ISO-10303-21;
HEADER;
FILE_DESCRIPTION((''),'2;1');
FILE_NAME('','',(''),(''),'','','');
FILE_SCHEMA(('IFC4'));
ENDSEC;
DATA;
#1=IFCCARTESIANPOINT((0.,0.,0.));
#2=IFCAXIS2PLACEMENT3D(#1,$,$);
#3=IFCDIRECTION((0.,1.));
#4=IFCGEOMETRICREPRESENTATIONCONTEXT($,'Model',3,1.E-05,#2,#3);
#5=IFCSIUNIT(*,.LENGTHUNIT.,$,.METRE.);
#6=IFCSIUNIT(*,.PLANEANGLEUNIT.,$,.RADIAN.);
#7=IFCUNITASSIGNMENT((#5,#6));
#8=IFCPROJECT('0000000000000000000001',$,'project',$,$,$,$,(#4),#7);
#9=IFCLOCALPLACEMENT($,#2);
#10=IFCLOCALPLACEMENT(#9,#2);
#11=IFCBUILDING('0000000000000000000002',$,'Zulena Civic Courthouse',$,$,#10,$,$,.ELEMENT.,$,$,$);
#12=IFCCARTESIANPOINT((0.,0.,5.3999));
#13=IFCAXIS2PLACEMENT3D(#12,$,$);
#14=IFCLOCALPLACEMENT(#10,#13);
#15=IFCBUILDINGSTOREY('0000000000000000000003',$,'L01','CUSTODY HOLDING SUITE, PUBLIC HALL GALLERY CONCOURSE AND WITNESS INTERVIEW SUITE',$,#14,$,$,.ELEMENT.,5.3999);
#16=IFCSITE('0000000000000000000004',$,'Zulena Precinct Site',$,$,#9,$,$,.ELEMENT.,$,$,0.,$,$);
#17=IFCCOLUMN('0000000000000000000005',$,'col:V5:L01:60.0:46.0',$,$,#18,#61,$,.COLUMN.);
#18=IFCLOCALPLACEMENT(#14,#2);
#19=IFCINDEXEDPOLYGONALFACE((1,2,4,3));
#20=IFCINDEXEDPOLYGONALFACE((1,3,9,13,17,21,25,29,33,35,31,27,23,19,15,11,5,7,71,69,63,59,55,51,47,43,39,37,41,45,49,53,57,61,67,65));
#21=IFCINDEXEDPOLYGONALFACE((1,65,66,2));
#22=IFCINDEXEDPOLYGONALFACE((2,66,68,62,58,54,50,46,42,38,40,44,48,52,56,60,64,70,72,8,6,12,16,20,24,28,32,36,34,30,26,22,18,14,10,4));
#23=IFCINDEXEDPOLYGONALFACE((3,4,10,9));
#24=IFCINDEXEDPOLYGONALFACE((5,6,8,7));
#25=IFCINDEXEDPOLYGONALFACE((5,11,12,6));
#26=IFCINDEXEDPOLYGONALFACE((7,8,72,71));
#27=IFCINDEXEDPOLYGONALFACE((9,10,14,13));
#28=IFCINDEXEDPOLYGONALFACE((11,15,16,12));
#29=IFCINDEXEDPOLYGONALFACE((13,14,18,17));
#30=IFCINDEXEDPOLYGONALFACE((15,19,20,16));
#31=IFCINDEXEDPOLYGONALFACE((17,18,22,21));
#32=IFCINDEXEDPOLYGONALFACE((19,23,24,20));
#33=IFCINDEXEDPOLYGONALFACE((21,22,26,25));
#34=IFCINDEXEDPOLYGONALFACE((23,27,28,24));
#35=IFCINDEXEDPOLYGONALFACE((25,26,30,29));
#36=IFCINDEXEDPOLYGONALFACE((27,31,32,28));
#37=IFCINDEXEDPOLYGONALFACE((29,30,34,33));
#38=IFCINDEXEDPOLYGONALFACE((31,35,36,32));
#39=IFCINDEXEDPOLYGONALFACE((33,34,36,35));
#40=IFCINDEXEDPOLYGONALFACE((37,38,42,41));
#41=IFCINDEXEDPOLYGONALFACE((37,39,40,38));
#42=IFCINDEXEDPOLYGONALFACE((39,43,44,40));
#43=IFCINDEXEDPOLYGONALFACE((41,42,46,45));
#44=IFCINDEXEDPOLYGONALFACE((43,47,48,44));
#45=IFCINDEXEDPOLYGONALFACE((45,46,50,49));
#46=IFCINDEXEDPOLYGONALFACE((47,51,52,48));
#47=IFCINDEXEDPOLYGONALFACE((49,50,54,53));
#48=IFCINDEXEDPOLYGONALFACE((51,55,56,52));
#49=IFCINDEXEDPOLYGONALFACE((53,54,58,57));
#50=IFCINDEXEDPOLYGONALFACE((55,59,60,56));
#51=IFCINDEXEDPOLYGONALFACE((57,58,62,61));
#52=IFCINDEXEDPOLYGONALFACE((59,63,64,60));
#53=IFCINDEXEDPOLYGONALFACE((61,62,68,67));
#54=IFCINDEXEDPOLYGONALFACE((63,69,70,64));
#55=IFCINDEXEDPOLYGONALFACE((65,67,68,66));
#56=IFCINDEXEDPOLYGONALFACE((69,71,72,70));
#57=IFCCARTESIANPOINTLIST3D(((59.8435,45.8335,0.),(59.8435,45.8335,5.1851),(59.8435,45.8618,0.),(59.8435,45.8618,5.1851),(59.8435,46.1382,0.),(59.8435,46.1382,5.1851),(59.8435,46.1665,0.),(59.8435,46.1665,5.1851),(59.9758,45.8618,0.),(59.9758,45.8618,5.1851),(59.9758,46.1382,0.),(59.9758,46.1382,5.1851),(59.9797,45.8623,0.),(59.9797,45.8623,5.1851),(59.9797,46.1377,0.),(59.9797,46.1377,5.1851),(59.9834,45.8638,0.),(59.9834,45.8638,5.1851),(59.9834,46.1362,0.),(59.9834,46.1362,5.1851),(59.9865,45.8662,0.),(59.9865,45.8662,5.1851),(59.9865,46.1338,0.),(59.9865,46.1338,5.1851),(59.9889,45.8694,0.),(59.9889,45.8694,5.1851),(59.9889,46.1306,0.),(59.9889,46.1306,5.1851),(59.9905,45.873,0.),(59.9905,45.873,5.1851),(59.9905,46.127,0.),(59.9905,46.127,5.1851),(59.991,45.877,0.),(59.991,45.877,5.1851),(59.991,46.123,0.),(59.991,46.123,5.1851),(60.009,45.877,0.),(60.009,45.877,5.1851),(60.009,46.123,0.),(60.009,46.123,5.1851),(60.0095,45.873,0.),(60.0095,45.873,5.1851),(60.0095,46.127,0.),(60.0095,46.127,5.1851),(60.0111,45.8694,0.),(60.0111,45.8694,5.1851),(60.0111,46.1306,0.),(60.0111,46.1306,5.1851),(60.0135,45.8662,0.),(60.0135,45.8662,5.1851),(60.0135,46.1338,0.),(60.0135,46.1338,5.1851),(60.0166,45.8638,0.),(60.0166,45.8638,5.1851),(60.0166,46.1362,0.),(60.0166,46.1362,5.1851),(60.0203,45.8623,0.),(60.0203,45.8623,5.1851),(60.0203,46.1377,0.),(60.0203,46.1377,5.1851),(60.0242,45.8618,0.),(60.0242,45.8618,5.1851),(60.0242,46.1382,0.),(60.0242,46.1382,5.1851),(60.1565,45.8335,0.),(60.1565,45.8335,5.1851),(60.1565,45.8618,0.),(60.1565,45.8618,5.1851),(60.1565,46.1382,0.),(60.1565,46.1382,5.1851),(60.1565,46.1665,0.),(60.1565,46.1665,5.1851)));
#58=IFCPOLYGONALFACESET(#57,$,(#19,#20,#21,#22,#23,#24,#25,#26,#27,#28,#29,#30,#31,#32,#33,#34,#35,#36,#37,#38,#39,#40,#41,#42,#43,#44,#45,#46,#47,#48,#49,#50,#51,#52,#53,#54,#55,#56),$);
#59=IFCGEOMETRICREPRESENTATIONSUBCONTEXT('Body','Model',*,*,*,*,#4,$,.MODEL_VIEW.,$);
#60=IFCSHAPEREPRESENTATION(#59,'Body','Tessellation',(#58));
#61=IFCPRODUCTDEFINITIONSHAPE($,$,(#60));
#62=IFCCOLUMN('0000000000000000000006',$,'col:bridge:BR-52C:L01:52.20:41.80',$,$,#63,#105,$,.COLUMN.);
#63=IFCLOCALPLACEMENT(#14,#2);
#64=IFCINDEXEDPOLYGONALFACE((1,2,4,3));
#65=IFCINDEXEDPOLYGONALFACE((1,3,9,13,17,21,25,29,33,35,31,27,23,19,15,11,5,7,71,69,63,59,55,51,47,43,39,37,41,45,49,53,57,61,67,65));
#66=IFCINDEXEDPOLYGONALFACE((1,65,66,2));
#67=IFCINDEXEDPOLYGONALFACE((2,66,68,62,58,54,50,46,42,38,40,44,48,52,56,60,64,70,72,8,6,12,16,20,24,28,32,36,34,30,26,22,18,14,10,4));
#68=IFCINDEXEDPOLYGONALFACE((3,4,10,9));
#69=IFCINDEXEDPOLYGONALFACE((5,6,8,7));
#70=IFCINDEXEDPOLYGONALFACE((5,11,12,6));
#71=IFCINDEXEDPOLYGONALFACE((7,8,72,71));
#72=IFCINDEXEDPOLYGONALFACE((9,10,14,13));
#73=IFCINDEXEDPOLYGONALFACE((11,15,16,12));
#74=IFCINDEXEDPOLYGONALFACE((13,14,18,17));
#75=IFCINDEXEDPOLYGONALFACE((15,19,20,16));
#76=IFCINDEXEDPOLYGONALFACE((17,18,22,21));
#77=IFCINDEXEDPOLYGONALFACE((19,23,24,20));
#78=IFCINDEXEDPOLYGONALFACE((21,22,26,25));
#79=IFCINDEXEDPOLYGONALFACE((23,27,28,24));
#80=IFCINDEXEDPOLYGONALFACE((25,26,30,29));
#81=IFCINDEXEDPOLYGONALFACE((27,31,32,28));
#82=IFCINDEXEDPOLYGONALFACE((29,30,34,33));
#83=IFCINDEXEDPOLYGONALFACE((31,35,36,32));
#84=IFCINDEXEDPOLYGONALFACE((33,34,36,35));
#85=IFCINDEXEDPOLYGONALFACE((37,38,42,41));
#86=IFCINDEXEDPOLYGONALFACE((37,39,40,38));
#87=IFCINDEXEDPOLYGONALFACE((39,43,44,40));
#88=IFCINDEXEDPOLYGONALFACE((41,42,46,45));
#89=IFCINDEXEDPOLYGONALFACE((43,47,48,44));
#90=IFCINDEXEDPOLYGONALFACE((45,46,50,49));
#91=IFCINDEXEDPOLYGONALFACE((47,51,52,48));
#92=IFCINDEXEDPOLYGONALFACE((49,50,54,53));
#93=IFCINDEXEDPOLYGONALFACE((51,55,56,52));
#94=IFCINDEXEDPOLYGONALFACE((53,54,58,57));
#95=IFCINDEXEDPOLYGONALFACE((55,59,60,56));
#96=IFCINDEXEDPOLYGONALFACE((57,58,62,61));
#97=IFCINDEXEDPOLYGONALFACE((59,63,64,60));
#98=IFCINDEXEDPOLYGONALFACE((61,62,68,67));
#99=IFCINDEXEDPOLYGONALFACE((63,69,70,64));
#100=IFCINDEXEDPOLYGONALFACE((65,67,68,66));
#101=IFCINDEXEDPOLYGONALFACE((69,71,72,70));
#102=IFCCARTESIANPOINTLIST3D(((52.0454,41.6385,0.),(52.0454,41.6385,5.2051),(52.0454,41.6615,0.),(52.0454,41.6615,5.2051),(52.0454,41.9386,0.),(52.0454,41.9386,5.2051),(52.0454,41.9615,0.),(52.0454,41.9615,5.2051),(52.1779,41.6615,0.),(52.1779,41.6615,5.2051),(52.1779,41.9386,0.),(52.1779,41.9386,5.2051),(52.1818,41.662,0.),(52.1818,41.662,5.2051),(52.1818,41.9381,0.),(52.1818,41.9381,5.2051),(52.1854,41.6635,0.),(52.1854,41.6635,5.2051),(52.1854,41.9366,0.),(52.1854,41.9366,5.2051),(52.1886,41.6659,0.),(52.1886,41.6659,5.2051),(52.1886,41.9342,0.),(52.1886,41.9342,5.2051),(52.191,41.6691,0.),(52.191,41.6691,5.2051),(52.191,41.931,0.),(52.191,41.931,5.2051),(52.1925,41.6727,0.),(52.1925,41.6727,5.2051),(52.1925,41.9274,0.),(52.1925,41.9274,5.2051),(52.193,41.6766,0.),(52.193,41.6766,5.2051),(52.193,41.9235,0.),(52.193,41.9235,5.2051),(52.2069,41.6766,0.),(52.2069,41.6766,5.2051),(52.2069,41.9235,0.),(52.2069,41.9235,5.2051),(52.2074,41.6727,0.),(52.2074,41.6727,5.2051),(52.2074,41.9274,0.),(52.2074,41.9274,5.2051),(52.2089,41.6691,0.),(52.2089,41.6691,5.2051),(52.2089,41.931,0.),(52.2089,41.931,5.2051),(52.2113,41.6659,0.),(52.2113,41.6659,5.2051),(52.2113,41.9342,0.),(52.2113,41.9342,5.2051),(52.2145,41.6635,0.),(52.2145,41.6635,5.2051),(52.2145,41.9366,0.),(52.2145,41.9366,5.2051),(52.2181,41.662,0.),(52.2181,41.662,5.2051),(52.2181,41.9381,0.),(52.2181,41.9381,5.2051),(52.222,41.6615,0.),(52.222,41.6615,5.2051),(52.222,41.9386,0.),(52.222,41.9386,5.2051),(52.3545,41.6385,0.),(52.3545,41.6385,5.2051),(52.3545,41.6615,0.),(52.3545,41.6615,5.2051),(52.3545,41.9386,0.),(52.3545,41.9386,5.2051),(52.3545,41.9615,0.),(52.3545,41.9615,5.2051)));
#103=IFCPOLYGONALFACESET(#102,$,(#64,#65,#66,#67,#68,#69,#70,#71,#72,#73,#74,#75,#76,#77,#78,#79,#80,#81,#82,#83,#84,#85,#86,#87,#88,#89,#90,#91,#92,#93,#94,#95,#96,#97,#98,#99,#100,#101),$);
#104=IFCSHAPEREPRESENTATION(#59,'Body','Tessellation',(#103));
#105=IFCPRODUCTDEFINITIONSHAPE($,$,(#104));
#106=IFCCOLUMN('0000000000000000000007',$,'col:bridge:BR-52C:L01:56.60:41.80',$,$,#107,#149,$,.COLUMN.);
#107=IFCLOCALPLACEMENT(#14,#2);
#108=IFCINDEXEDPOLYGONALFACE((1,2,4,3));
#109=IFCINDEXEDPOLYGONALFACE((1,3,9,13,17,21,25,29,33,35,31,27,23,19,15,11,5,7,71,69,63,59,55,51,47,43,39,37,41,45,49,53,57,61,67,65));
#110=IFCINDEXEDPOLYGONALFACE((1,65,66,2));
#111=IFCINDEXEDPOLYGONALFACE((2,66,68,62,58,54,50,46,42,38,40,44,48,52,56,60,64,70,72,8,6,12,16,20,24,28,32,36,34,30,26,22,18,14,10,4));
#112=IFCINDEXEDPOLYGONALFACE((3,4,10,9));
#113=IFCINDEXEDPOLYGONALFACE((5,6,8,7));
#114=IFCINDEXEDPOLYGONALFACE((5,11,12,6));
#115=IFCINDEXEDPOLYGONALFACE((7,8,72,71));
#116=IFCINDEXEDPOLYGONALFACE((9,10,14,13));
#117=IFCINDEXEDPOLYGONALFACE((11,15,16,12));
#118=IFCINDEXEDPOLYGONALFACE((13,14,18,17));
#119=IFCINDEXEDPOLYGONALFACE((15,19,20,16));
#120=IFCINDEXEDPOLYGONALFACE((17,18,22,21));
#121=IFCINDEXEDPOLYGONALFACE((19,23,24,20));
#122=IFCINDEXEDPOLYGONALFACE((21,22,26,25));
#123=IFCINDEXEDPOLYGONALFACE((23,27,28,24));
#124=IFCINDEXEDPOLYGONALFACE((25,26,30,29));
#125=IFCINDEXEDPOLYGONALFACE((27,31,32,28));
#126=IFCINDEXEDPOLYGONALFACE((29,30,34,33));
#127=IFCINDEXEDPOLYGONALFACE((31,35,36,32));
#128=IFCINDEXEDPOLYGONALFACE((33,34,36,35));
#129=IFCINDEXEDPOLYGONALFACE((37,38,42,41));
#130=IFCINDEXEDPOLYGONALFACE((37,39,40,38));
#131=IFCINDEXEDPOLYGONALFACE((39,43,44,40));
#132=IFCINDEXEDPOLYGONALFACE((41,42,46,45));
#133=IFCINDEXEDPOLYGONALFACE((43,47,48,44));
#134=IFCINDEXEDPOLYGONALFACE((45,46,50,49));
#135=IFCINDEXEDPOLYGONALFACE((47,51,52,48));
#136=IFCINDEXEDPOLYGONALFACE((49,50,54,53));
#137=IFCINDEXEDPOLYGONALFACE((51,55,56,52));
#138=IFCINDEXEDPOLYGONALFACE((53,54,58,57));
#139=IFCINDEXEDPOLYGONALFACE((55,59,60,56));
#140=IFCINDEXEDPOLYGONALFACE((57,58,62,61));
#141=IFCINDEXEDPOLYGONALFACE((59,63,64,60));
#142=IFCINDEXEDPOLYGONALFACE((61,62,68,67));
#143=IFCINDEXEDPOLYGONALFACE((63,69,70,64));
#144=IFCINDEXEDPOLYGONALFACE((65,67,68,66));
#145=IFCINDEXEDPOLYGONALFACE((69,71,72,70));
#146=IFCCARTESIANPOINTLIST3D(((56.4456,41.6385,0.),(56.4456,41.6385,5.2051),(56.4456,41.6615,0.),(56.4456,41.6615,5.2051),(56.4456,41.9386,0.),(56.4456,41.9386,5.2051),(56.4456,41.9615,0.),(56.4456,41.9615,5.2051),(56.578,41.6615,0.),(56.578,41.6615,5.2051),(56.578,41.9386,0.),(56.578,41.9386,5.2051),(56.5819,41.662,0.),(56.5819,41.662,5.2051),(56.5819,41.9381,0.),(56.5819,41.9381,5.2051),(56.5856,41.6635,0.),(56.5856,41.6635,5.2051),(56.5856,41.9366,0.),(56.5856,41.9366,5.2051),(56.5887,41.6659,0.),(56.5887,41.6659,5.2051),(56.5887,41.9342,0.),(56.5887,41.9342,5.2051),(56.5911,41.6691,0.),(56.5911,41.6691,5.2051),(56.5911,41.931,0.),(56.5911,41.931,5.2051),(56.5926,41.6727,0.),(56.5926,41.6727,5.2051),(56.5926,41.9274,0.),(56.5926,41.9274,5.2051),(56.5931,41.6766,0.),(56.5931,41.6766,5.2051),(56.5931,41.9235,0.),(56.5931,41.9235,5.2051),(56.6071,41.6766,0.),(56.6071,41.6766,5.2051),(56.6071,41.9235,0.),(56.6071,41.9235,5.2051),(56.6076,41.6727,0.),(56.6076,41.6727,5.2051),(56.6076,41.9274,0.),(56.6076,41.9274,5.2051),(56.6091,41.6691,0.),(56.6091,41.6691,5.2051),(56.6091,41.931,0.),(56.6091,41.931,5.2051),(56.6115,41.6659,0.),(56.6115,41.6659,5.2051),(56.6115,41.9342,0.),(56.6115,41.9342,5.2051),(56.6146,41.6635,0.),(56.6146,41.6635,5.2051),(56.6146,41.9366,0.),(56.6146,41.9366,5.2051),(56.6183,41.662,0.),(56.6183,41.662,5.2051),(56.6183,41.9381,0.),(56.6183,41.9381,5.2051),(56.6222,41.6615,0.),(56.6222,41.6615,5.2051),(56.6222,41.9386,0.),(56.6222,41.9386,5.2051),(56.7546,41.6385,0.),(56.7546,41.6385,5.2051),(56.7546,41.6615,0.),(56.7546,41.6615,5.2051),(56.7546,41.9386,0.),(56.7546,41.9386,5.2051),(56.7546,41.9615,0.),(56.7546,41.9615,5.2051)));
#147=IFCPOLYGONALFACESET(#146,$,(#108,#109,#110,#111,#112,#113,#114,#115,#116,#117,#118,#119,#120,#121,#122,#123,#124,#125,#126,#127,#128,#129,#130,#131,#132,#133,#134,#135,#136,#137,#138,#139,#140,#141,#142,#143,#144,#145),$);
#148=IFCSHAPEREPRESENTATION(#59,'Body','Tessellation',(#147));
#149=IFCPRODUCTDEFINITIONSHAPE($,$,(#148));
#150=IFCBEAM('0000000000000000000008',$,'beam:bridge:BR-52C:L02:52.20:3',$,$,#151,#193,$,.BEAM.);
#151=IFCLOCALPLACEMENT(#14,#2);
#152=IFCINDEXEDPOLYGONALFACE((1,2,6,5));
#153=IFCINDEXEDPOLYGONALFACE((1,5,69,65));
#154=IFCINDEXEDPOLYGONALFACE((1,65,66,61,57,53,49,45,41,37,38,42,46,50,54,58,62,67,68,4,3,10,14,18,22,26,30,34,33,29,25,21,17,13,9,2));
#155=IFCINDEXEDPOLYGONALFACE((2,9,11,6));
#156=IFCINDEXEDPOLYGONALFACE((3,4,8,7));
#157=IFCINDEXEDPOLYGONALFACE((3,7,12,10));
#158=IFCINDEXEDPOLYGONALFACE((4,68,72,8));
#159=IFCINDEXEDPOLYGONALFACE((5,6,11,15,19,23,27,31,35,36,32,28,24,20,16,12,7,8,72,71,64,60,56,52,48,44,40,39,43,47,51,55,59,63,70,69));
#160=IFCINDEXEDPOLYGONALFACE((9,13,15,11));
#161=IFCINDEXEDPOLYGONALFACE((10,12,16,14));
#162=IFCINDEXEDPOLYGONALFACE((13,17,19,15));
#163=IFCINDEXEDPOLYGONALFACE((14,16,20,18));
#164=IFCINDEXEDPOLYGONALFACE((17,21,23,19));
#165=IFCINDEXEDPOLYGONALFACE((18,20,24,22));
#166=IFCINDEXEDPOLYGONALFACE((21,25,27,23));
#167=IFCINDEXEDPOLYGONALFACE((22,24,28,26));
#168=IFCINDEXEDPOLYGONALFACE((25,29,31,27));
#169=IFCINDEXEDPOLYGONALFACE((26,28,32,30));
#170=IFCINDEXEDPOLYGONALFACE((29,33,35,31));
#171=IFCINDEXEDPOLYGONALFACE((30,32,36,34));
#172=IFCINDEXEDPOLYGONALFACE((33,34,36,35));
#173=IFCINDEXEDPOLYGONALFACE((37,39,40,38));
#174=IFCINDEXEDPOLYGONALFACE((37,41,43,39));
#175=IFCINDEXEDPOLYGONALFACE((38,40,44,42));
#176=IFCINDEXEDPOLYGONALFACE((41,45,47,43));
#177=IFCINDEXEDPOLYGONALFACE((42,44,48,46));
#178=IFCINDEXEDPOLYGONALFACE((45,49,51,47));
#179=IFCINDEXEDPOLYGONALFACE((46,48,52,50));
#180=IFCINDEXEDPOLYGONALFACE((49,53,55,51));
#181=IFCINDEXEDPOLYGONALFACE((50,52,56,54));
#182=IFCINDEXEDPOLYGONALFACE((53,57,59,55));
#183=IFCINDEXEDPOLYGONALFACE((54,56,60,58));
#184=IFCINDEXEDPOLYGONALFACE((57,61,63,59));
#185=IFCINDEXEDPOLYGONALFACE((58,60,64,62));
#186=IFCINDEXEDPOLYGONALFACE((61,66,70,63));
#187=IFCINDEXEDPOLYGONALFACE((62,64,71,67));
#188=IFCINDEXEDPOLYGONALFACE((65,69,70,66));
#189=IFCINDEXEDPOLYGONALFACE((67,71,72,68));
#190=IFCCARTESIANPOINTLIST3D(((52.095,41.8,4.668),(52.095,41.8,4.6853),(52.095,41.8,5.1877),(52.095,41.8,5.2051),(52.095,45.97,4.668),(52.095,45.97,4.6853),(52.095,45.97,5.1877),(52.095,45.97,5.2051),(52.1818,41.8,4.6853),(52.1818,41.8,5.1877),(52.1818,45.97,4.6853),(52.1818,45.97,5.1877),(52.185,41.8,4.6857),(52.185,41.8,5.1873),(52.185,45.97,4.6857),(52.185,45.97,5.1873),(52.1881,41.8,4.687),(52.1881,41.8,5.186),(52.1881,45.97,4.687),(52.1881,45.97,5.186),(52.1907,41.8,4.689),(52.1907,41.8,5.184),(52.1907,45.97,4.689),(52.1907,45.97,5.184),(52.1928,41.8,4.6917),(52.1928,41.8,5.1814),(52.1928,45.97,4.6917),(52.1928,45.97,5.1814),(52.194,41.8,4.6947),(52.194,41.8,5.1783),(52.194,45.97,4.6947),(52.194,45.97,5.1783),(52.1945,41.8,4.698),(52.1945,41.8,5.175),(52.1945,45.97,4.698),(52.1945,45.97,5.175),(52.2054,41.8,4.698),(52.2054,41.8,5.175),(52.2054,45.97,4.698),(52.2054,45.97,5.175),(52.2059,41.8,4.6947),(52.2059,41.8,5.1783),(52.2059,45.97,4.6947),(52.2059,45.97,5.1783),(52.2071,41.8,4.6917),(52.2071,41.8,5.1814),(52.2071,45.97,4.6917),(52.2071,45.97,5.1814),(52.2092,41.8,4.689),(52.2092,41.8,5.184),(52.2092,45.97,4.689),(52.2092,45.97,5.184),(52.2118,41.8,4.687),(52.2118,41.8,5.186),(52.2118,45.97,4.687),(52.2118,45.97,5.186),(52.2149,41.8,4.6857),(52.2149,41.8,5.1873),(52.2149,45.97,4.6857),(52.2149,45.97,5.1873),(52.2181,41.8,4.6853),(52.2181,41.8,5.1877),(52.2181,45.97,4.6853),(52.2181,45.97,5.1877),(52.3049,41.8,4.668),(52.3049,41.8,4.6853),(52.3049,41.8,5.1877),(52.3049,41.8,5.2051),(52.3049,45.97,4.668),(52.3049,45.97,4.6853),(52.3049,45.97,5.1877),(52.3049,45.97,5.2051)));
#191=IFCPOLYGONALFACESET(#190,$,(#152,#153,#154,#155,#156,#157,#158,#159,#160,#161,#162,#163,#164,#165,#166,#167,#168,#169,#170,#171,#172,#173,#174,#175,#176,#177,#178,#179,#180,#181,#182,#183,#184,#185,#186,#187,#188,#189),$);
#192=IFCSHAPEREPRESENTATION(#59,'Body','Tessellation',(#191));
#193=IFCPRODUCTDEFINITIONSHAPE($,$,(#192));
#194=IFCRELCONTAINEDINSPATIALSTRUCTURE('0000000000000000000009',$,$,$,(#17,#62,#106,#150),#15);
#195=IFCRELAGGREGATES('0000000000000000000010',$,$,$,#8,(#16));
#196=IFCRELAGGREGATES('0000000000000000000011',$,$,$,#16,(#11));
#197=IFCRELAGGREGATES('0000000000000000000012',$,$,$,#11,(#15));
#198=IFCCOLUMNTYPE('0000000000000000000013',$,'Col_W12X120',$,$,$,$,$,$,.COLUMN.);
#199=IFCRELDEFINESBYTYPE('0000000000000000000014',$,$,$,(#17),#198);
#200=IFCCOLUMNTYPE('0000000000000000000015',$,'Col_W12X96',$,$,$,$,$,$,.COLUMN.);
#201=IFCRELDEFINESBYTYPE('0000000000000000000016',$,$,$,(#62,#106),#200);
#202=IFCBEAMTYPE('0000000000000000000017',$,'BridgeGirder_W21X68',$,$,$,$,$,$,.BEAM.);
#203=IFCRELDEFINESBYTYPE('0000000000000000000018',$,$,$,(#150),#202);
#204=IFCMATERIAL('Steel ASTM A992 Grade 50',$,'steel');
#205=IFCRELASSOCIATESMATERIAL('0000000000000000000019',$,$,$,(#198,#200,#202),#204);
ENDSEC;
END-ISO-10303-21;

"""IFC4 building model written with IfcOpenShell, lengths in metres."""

from ifc_helpers import new_model, si_unit, direction, frame, origin, origin_2d, place, context, subcontext, project, spatial, i_section, extrude, material, material_profile, profile_set, type_object, element, save


model = new_model("IFC4")

# Units and contexts
model_context = context("Model", 3, precision=1e-05, world=origin(), true_north=direction((0.0, 1.0)))
body_context = subcontext(model_context, "Body", "Model", "MODEL_VIEW")
ifc_project = project(units=[si_unit("LENGTHUNIT", "METRE"), si_unit("PLANEANGLEUNIT", "RADIAN")], contexts=[model_context])

# Site, building, storey
site_placement = place(None, origin())
site = spatial("IfcSite", under=ifc_project, at=site_placement, Name="Zulena Precinct Site", CompositionType="ELEMENT", RefElevation=0.0)
building_placement = place(site_placement, origin())
building = spatial("IfcBuilding", under=site, at=building_placement, Name="Zulena Civic Courthouse", CompositionType="ELEMENT")
storey_placement = place(building_placement, frame((0.0, 0.0, 5.3999)))
storey = spatial("IfcBuildingStorey", under=building, at=storey_placement, Name="L01", Description="CUSTODY HOLDING SUITE, PUBLIC HALL GALLERY CONCOURSE AND WITNESS INTERVIEW SUITE", CompositionType="ELEMENT", Elevation=5.3999)

# Columns
ifc_material_1 = material(Name="Steel ASTM A992 Grade 50", Category="steel")
ifc_material_profile_1 = material_profile(ifc_material_1, i_section(OverallWidth=0.313, OverallDepth=0.333, WebThickness=0.0181, FlangeThickness=0.0283, FilletRadius=0.0151, at=origin_2d()), Name="W12X120")
ifc_profile_set_1 = profile_set([ifc_material_profile_1], Name="Steel ASTM A992 Grade 50")
column_type_1 = type_object("IfcColumnType", Name="Col_W12X120", PredefinedType="COLUMN", material=ifc_profile_set_1)
column_placement = place(storey_placement, frame((60.0, 46.0, 0.0), z_axis=(0.0, 0.0, 1.0), x_axis=(1.0, 0.0, 0.0)))
element("IfcColumn", 1, at=column_placement, inside=storey, type_object=column_type_1, Name="col:V5:L01:60.0:46.0", PredefinedType="COLUMN", context=body_context, shape_type="SweptSolid", body=[
    extrude(i_section(OverallWidth=0.313, OverallDepth=0.333, WebThickness=0.0181, FlangeThickness=0.0283, FilletRadius=0.0151, at=origin_2d()), origin(), (0.0, 0.0, 1.0), 5.1851),
])
ifc_material_profile_2 = material_profile(ifc_material_1, i_section(OverallWidth=0.3091, OverallDepth=0.323, WebThickness=0.0139, FlangeThickness=0.0229, FilletRadius=0.0151, at=origin_2d()), Name="W12X96")
ifc_profile_set_2 = profile_set([ifc_material_profile_2], Name="Steel ASTM A992 Grade 50")
column_type_2 = type_object("IfcColumnType", Name="Col_W12X96", PredefinedType="COLUMN", material=ifc_profile_set_2)
for number, where, z_axis, x_axis, name in (
    (2, (52.2, 41.8, 0.0), (0.0, 0.0, 1.0), (1.0, 0.0, 0.0), "col:bridge:BR-52C:L01:52.20:41.80"),
    (3, (56.6001, 41.8, 0.0), (0.0, 0.0, 1.0), (1.0, 0.0, 0.0), "col:bridge:BR-52C:L01:56.60:41.80"),
):
    element("IfcColumn", number, at=place(storey_placement, frame(where, z_axis=z_axis, x_axis=x_axis)), inside=storey, type_object=column_type_2, Name=name, PredefinedType="COLUMN", context=body_context, shape_type="SweptSolid", body=[
        extrude(i_section(OverallWidth=0.3091, OverallDepth=0.323, WebThickness=0.0139, FlangeThickness=0.0229, FilletRadius=0.0151, at=origin_2d()), origin(), (0.0, 0.0, 1.0), 5.2051),
    ])

# Beam
ifc_material_profile_3 = material_profile(ifc_material_1, i_section(OverallWidth=0.21, OverallDepth=0.5371, WebThickness=0.011, FlangeThickness=0.0173, FilletRadius=0.0127, at=origin_2d()), Name="W21X68")
ifc_profile_set_3 = profile_set([ifc_material_profile_3], Name="Steel ASTM A992 Grade 50")
beam_type_1 = type_object("IfcBeamType", Name="BridgeGirder_W21X68", PredefinedType="BEAM", material=ifc_profile_set_3)
for number, where, z_axis, x_axis, name in (
    (4, (52.2, 41.8, 4.9365), (0.0, 1.0, 0.0), (-1.0, 0.0, 0.0), "beam:bridge:BR-52C:L02:52.20:3"),
):
    element("IfcBeam", number, at=place(storey_placement, frame(where, z_axis=z_axis, x_axis=x_axis)), inside=storey, type_object=beam_type_1, Name=name, PredefinedType="BEAM", context=body_context, shape_type="SweptSolid", body=[
        extrude(i_section(OverallWidth=0.21, OverallDepth=0.5371, WebThickness=0.011, FlangeThickness=0.0173, FilletRadius=0.0127, at=origin_2d()), origin(), (0.0, 0.0, 1.0), 4.1699),
    ])

save(model, "model.ifc")
